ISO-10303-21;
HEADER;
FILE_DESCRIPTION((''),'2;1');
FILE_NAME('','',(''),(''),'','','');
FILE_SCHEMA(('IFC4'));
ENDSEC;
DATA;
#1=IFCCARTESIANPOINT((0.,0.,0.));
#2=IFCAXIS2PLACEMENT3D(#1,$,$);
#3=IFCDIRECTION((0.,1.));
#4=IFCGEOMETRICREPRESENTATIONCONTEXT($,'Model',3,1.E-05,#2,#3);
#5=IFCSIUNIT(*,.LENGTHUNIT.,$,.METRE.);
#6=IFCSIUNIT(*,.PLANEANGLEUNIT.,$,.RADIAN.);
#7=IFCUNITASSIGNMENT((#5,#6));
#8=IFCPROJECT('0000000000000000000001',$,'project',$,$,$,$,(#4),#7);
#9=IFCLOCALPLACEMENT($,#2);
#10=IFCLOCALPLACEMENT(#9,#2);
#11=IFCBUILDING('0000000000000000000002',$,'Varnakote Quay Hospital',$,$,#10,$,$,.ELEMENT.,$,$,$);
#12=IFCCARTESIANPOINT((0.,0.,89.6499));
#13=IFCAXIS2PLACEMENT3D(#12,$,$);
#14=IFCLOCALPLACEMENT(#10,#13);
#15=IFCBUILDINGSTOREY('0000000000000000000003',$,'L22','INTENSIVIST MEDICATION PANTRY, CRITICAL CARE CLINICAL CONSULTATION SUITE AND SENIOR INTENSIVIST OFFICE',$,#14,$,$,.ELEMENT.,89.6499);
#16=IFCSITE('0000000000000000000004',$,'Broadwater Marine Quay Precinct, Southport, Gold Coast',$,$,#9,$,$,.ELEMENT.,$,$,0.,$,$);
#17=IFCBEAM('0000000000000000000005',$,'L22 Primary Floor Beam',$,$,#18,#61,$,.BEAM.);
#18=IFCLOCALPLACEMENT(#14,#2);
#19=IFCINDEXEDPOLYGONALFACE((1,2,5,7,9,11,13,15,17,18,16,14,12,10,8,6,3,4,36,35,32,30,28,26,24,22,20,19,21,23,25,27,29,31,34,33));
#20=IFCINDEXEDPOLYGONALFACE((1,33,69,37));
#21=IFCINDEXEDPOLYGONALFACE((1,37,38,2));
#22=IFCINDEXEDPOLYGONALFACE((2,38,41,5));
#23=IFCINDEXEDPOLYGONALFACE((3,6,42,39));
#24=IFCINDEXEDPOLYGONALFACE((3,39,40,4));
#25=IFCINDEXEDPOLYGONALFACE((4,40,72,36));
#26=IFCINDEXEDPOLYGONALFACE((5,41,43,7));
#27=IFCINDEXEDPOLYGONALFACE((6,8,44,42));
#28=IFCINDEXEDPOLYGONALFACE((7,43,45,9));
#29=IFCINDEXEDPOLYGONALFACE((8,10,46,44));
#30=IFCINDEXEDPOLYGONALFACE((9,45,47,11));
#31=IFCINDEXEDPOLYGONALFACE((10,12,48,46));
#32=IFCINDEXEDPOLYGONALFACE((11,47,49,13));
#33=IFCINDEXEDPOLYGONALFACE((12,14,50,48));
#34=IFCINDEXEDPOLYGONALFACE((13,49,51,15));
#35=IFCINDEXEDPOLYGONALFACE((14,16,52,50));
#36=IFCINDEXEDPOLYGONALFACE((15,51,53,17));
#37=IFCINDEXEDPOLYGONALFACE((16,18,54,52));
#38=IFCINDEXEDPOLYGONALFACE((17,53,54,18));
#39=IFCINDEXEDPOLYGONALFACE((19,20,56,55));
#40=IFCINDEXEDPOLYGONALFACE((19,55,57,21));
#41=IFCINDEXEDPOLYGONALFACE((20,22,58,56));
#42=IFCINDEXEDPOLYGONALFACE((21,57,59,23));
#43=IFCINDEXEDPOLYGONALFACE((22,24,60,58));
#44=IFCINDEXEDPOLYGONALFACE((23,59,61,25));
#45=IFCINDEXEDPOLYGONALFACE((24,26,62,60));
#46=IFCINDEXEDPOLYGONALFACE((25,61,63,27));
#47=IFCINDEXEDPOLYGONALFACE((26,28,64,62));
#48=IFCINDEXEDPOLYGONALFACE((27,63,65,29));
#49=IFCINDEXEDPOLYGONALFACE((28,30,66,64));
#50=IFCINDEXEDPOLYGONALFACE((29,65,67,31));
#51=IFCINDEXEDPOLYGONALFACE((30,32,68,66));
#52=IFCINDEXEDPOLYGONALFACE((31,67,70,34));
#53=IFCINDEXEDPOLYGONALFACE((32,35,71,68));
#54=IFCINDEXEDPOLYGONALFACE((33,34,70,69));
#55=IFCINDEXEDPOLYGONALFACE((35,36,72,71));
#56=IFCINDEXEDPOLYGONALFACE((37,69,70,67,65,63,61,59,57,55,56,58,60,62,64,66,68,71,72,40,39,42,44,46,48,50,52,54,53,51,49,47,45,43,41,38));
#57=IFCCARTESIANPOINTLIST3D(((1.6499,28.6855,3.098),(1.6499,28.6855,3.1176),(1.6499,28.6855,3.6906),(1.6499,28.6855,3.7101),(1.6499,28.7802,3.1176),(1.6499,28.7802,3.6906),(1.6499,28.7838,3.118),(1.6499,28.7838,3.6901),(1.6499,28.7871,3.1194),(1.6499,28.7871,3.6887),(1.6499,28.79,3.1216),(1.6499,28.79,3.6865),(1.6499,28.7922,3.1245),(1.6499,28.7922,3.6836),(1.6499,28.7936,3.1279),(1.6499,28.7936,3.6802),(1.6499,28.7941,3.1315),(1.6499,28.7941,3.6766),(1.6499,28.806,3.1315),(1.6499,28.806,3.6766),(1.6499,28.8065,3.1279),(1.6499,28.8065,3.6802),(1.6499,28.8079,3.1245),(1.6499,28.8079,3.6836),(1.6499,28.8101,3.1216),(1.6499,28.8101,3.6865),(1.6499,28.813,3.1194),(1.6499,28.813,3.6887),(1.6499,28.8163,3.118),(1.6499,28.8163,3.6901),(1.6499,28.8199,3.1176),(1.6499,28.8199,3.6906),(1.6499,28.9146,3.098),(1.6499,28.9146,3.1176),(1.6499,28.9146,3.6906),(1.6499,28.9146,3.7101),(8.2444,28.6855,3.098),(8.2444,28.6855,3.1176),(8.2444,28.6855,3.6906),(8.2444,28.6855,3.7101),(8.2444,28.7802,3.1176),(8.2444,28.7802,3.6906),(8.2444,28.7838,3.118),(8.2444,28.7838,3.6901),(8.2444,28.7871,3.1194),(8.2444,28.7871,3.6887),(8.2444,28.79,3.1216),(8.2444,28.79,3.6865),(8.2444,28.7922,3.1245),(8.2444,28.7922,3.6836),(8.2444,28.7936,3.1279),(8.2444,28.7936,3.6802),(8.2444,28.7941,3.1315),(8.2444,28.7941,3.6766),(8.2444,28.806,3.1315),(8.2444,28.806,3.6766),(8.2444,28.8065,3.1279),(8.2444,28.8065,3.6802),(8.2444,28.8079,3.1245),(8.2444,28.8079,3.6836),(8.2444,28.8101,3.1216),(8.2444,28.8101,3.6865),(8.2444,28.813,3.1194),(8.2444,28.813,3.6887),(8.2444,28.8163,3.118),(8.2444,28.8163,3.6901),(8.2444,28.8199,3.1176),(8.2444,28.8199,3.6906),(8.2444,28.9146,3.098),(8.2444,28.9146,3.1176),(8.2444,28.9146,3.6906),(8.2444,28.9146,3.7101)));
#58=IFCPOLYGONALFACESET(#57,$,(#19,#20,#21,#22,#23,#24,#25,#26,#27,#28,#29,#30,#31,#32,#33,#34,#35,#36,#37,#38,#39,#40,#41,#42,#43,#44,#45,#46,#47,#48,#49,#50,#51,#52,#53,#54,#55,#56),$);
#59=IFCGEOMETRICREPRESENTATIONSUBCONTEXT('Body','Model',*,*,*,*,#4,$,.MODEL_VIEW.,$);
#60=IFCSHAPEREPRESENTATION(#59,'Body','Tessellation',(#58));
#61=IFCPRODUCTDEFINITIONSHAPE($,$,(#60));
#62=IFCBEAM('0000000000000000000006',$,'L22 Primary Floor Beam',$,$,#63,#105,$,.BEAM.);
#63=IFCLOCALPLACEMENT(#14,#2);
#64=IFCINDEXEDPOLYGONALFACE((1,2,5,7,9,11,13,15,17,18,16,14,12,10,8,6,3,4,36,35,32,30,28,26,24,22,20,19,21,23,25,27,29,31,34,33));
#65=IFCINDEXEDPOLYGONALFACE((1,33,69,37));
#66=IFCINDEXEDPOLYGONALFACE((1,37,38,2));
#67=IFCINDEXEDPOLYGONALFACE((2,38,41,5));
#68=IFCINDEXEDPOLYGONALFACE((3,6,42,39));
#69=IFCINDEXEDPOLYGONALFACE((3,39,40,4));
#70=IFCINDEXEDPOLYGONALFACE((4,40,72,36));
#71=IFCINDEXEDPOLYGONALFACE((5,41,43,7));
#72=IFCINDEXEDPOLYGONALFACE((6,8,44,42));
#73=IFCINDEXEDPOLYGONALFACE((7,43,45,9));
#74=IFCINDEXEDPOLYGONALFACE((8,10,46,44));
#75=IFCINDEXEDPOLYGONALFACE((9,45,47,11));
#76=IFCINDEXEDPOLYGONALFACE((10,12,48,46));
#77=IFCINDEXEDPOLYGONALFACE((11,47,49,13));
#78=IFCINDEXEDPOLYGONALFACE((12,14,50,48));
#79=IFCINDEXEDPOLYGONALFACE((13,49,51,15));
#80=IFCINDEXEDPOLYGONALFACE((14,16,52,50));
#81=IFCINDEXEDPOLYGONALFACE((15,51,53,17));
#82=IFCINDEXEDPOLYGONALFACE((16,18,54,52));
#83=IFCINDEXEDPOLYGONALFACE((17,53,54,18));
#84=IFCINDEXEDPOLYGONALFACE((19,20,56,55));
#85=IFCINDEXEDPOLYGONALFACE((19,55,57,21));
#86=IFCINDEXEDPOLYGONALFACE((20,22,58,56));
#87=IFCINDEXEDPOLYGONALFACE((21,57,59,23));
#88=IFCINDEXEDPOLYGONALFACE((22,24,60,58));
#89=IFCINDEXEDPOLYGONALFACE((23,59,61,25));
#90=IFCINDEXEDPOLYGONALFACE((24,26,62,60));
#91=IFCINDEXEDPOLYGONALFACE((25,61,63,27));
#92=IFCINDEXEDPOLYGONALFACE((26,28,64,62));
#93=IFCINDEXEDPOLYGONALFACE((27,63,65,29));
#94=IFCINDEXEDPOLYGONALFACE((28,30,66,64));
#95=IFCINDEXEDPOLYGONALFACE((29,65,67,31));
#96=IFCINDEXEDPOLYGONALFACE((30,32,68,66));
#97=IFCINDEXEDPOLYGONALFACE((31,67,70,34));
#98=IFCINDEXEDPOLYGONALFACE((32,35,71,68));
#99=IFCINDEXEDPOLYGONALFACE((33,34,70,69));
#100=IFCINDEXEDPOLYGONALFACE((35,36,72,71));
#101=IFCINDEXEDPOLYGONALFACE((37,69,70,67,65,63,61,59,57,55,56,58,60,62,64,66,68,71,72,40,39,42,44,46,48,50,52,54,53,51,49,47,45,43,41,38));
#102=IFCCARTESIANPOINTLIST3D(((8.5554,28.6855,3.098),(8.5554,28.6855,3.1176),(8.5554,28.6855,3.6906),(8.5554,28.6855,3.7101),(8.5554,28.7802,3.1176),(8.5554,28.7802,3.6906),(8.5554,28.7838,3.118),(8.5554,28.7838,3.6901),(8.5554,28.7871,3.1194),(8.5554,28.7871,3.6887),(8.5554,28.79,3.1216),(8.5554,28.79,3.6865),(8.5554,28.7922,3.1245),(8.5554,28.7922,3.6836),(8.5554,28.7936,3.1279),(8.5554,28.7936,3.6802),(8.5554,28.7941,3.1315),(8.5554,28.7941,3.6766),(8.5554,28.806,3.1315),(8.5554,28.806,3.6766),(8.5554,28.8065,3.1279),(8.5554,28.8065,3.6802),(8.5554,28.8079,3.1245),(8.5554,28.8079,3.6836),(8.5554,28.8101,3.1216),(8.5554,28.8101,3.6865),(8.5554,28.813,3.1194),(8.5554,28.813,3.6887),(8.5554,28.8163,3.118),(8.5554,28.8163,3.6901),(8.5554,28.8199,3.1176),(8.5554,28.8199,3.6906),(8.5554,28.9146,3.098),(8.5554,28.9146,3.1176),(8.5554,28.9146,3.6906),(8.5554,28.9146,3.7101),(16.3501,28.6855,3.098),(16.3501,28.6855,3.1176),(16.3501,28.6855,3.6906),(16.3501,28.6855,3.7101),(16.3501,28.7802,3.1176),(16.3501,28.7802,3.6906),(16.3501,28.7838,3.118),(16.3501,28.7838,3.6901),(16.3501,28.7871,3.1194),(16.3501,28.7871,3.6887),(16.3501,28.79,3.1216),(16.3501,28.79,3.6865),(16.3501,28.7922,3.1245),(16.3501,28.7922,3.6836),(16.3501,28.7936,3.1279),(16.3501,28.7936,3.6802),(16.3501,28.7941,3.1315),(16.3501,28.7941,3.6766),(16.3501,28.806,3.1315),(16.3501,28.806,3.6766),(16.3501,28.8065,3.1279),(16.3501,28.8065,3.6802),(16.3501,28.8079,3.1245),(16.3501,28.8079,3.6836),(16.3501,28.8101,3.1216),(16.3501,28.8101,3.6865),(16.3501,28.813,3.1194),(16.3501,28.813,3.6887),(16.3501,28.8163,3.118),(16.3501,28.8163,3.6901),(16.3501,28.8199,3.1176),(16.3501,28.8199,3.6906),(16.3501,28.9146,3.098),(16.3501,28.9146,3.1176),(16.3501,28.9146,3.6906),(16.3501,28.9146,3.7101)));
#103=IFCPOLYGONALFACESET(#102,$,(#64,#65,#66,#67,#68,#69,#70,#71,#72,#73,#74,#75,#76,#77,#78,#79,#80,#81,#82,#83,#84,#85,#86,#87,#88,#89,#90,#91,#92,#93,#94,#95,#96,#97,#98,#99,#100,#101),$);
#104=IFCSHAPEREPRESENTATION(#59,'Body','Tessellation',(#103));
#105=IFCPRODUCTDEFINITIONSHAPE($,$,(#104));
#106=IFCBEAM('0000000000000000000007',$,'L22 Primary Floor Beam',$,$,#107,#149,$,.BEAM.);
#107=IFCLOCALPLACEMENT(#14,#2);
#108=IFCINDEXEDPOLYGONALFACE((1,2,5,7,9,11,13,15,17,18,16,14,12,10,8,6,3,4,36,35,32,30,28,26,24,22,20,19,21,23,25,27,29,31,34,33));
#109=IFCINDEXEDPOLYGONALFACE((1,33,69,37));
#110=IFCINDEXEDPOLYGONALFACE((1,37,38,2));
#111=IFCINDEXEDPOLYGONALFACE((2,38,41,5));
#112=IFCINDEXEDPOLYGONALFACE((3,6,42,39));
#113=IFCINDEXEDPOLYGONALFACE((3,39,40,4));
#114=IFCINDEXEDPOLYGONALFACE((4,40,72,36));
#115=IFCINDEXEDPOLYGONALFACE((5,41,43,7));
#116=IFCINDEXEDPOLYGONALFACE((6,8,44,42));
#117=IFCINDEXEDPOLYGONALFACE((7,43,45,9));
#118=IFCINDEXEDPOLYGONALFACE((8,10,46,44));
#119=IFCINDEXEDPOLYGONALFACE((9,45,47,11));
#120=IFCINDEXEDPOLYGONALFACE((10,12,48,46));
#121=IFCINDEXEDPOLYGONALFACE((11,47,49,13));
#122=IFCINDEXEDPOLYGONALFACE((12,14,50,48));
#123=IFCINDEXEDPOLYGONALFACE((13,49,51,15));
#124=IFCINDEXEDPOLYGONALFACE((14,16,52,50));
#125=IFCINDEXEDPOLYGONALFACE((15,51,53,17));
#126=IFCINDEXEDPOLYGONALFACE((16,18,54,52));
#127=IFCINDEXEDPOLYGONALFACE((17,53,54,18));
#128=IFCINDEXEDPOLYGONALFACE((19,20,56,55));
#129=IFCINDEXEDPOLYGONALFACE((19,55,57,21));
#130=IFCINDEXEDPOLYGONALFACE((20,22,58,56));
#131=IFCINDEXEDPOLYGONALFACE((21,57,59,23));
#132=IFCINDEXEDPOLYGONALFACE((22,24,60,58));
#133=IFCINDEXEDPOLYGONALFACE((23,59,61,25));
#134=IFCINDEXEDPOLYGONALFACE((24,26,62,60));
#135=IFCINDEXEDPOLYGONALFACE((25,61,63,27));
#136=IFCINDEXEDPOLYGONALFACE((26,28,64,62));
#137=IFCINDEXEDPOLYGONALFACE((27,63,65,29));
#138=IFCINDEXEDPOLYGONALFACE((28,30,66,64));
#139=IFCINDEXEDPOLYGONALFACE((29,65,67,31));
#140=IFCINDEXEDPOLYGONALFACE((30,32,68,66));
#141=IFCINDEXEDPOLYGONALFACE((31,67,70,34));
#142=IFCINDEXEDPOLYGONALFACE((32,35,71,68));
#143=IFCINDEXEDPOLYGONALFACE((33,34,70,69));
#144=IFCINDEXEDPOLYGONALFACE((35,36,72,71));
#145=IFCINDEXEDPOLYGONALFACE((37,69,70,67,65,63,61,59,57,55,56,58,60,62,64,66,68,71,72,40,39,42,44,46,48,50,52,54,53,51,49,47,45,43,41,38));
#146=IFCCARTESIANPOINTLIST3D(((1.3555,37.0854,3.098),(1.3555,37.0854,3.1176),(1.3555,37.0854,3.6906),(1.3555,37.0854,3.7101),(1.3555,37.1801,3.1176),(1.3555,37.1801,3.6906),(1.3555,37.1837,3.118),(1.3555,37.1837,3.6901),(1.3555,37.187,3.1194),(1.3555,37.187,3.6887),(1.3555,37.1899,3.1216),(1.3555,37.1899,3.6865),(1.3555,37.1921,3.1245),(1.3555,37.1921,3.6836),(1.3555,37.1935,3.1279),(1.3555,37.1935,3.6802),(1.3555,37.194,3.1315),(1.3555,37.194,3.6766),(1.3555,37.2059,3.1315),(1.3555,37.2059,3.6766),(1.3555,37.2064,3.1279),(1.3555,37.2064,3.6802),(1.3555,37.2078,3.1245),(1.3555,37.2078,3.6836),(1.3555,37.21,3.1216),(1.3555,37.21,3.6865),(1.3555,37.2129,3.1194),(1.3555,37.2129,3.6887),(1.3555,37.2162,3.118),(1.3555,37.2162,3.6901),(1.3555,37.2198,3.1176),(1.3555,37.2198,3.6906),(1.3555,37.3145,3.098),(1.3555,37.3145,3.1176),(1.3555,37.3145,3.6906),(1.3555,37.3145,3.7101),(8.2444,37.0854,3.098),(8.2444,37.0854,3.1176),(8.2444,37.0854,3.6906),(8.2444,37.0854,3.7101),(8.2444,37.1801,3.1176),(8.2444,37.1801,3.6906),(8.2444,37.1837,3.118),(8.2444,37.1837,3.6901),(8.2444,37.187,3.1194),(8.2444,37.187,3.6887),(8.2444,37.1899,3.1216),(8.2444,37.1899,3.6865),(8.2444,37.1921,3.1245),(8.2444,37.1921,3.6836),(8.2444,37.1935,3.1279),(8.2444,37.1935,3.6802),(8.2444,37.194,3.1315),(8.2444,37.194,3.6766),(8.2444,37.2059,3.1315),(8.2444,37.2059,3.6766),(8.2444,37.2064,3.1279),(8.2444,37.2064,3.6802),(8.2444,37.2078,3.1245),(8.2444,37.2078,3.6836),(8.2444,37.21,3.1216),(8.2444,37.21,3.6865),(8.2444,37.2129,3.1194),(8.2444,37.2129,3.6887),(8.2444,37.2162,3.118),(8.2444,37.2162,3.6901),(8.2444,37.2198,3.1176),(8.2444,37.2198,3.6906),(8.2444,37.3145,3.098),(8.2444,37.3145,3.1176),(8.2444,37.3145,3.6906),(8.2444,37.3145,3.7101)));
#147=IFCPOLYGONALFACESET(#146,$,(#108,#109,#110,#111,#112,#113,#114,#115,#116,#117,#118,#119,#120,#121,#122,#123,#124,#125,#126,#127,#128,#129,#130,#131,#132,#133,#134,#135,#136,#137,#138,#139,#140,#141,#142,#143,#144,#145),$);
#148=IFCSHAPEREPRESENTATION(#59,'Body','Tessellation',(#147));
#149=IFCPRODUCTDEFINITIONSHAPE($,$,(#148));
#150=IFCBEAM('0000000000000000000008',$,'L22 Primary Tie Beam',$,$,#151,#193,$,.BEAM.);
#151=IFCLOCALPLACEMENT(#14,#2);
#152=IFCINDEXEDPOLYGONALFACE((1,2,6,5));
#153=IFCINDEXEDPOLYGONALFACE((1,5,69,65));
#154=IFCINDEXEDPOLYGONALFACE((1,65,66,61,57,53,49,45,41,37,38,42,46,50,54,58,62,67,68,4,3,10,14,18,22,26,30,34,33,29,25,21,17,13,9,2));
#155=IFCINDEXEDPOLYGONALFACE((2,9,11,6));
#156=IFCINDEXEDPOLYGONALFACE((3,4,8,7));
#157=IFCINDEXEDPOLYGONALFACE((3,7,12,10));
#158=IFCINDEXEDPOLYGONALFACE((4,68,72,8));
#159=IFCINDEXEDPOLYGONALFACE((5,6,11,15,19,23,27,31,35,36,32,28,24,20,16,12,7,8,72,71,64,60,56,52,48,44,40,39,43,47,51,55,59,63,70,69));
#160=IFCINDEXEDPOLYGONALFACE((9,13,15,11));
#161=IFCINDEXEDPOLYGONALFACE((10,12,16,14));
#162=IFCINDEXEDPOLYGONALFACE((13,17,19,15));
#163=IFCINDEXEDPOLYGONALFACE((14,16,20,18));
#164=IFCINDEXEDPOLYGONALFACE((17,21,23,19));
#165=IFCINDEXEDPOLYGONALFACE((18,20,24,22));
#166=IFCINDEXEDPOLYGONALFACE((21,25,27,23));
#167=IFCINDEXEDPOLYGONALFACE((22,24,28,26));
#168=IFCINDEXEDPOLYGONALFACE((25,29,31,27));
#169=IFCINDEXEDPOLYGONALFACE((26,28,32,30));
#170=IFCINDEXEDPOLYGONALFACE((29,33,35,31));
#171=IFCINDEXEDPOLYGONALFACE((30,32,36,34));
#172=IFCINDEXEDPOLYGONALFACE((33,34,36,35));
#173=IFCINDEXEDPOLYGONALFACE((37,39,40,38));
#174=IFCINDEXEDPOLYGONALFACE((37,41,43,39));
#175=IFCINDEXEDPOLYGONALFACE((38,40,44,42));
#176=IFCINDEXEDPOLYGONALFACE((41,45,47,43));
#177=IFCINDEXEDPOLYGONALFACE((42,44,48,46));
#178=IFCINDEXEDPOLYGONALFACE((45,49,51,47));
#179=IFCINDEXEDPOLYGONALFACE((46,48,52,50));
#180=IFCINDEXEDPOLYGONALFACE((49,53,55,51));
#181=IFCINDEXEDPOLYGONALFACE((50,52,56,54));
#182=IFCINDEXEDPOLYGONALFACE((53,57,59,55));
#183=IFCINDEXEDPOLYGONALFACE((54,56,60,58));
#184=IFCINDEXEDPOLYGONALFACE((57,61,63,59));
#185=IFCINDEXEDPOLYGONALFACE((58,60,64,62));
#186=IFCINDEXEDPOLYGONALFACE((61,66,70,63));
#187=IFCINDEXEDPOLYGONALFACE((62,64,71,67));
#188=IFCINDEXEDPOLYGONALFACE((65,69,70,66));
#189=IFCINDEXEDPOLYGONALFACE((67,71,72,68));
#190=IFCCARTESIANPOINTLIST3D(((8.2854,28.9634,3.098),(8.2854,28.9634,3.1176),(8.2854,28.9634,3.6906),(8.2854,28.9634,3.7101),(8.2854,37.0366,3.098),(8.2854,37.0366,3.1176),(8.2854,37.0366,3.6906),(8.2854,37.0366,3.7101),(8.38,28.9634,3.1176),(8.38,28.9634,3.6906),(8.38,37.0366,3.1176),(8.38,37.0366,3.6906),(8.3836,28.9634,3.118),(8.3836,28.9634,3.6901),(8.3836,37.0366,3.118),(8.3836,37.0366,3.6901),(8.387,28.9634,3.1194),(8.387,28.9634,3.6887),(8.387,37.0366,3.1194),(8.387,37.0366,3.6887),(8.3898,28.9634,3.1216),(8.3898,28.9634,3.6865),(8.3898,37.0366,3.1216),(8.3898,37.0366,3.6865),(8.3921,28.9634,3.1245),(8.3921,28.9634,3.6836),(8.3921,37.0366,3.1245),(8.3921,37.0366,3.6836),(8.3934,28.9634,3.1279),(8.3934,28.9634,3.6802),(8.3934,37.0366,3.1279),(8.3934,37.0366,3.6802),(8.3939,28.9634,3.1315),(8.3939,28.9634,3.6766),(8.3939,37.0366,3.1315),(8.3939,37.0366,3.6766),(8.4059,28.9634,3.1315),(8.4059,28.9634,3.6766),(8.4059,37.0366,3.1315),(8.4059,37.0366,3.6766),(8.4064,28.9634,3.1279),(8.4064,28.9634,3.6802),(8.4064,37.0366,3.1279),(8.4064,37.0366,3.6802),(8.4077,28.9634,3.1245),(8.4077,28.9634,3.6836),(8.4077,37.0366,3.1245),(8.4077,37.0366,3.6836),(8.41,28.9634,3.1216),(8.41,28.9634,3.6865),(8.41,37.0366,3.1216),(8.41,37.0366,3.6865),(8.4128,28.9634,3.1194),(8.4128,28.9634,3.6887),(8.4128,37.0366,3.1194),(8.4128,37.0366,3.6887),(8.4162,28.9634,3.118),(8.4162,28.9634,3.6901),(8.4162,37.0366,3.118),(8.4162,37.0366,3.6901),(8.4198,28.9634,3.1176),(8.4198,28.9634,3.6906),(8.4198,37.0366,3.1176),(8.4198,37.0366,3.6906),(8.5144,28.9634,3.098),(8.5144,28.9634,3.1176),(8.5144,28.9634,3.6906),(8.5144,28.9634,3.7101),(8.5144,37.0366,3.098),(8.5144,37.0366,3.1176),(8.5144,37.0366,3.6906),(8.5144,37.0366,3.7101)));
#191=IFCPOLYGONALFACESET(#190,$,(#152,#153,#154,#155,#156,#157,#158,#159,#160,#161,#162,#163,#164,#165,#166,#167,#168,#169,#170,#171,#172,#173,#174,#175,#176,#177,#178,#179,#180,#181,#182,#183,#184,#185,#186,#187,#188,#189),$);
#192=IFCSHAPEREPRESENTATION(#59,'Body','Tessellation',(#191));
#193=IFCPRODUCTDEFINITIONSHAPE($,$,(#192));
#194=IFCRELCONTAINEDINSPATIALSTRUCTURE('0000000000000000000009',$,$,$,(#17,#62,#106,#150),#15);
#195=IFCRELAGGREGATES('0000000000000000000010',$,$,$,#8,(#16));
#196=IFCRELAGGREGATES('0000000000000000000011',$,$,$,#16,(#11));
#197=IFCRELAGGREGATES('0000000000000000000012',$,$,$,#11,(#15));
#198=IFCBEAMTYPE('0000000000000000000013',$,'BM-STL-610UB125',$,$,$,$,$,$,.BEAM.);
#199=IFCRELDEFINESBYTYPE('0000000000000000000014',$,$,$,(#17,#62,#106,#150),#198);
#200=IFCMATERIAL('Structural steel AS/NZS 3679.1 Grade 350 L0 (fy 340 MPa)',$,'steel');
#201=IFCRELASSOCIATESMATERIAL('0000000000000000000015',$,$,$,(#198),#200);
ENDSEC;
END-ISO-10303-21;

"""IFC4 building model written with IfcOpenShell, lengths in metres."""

from ifc_helpers import new_model, si_unit, direction, frame, origin, origin_2d, place, context, subcontext, project, spatial, i_section, extrude, material, material_profile, profile_set, type_object, element, save


model = new_model("IFC4")

# Units and contexts
model_context = context("Model", 3, precision=1e-05, world=origin(), true_north=direction((0.0, 1.0)))
body_context = subcontext(model_context, "Body", "Model", "MODEL_VIEW")
ifc_project = project(units=[si_unit("LENGTHUNIT", "METRE"), si_unit("PLANEANGLEUNIT", "RADIAN")], contexts=[model_context])

# Site, building, storey
site_placement = place(None, origin())
site = spatial("IfcSite", under=ifc_project, at=site_placement, Name="Broadwater Marine Quay Precinct, Southport, Gold Coast", CompositionType="ELEMENT", RefElevation=0.0)
building_placement = place(site_placement, origin())
building = spatial("IfcBuilding", under=site, at=building_placement, Name="Varnakote Quay Hospital", CompositionType="ELEMENT")
storey_placement = place(building_placement, frame((0.0, 0.0, 89.6499)))
storey = spatial("IfcBuildingStorey", under=building, at=storey_placement, Name="L22", Description="INTENSIVIST MEDICATION PANTRY, CRITICAL CARE CLINICAL CONSULTATION SUITE AND SENIOR INTENSIVIST OFFICE", CompositionType="ELEMENT", Elevation=89.6499)

# Beams
ifc_material_1 = material(Name="Structural steel AS/NZS 3679.1 Grade 350 L0 (fy 340 MPa)", Category="steel")
ifc_material_profile_1 = material_profile(ifc_material_1, i_section(OverallWidth=0.229, OverallDepth=0.6121, WebThickness=0.012, FlangeThickness=0.0195, FilletRadius=0.0139, at=origin_2d()), Name="610UB125")
ifc_profile_set_1 = profile_set([ifc_material_profile_1], Name="Structural steel AS/NZS 3679.1 Grade 350 L0 (fy 340 MPa)")
beam_type_1 = type_object("IfcBeamType", Name="BM-STL-610UB125", PredefinedType="BEAM", material=ifc_profile_set_1)
beam_1_placement = place(storey_placement, frame((1.6499, 28.8, 3.4041), z_axis=(1.0, 0.0, 0.0), x_axis=(0.0, 1.0, 0.0)))
element("IfcBeam", 1, at=beam_1_placement, inside=storey, type_object=beam_type_1, Name="L22 Primary Floor Beam", PredefinedType="BEAM", context=body_context, shape_type="SweptSolid", body=[
    extrude(i_section(OverallWidth=0.229, OverallDepth=0.6121, WebThickness=0.012, FlangeThickness=0.0195, FilletRadius=0.0139, at=origin_2d()), origin(), (0.0, 0.0, 1.0), 6.5945),
])
beam_2_placement = place(storey_placement, frame((8.5554, 28.8, 3.4041), z_axis=(1.0, 0.0, 0.0), x_axis=(0.0, 1.0, 0.0)))
element("IfcBeam", 2, at=beam_2_placement, inside=storey, type_object=beam_type_1, Name="L22 Primary Floor Beam", PredefinedType="BEAM", context=body_context, shape_type="SweptSolid", body=[
    extrude(i_section(OverallWidth=0.229, OverallDepth=0.6121, WebThickness=0.012, FlangeThickness=0.0195, FilletRadius=0.0139, at=origin_2d()), origin(), (0.0, 0.0, 1.0), 7.7947),
])
beam_3_placement = place(storey_placement, frame((1.3555, 37.2, 3.4041), z_axis=(1.0, 0.0, 0.0), x_axis=(0.0, 1.0, 0.0)))
element("IfcBeam", 3, at=beam_3_placement, inside=storey, type_object=beam_type_1, Name="L22 Primary Floor Beam", PredefinedType="BEAM", context=body_context, shape_type="SweptSolid", body=[
    extrude(i_section(OverallWidth=0.229, OverallDepth=0.6121, WebThickness=0.012, FlangeThickness=0.0195, FilletRadius=0.0139, at=origin_2d()), origin(), (0.0, 0.0, 1.0), 6.8889),
])
beam_4_placement = place(storey_placement, frame((8.3999, 28.9634, 3.4041), z_axis=(0.0, 1.0, 0.0), x_axis=(-1.0, 0.0, 0.0)))
element("IfcBeam", 4, at=beam_4_placement, inside=storey, type_object=beam_type_1, Name="L22 Primary Tie Beam", PredefinedType="BEAM", context=body_context, shape_type="SweptSolid", body=[
    extrude(i_section(OverallWidth=0.229, OverallDepth=0.6121, WebThickness=0.012, FlangeThickness=0.0195, FilletRadius=0.0139, at=origin_2d()), origin(), (0.0, 0.0, 1.0), 8.0732),
])

save(model, "model.ifc")
